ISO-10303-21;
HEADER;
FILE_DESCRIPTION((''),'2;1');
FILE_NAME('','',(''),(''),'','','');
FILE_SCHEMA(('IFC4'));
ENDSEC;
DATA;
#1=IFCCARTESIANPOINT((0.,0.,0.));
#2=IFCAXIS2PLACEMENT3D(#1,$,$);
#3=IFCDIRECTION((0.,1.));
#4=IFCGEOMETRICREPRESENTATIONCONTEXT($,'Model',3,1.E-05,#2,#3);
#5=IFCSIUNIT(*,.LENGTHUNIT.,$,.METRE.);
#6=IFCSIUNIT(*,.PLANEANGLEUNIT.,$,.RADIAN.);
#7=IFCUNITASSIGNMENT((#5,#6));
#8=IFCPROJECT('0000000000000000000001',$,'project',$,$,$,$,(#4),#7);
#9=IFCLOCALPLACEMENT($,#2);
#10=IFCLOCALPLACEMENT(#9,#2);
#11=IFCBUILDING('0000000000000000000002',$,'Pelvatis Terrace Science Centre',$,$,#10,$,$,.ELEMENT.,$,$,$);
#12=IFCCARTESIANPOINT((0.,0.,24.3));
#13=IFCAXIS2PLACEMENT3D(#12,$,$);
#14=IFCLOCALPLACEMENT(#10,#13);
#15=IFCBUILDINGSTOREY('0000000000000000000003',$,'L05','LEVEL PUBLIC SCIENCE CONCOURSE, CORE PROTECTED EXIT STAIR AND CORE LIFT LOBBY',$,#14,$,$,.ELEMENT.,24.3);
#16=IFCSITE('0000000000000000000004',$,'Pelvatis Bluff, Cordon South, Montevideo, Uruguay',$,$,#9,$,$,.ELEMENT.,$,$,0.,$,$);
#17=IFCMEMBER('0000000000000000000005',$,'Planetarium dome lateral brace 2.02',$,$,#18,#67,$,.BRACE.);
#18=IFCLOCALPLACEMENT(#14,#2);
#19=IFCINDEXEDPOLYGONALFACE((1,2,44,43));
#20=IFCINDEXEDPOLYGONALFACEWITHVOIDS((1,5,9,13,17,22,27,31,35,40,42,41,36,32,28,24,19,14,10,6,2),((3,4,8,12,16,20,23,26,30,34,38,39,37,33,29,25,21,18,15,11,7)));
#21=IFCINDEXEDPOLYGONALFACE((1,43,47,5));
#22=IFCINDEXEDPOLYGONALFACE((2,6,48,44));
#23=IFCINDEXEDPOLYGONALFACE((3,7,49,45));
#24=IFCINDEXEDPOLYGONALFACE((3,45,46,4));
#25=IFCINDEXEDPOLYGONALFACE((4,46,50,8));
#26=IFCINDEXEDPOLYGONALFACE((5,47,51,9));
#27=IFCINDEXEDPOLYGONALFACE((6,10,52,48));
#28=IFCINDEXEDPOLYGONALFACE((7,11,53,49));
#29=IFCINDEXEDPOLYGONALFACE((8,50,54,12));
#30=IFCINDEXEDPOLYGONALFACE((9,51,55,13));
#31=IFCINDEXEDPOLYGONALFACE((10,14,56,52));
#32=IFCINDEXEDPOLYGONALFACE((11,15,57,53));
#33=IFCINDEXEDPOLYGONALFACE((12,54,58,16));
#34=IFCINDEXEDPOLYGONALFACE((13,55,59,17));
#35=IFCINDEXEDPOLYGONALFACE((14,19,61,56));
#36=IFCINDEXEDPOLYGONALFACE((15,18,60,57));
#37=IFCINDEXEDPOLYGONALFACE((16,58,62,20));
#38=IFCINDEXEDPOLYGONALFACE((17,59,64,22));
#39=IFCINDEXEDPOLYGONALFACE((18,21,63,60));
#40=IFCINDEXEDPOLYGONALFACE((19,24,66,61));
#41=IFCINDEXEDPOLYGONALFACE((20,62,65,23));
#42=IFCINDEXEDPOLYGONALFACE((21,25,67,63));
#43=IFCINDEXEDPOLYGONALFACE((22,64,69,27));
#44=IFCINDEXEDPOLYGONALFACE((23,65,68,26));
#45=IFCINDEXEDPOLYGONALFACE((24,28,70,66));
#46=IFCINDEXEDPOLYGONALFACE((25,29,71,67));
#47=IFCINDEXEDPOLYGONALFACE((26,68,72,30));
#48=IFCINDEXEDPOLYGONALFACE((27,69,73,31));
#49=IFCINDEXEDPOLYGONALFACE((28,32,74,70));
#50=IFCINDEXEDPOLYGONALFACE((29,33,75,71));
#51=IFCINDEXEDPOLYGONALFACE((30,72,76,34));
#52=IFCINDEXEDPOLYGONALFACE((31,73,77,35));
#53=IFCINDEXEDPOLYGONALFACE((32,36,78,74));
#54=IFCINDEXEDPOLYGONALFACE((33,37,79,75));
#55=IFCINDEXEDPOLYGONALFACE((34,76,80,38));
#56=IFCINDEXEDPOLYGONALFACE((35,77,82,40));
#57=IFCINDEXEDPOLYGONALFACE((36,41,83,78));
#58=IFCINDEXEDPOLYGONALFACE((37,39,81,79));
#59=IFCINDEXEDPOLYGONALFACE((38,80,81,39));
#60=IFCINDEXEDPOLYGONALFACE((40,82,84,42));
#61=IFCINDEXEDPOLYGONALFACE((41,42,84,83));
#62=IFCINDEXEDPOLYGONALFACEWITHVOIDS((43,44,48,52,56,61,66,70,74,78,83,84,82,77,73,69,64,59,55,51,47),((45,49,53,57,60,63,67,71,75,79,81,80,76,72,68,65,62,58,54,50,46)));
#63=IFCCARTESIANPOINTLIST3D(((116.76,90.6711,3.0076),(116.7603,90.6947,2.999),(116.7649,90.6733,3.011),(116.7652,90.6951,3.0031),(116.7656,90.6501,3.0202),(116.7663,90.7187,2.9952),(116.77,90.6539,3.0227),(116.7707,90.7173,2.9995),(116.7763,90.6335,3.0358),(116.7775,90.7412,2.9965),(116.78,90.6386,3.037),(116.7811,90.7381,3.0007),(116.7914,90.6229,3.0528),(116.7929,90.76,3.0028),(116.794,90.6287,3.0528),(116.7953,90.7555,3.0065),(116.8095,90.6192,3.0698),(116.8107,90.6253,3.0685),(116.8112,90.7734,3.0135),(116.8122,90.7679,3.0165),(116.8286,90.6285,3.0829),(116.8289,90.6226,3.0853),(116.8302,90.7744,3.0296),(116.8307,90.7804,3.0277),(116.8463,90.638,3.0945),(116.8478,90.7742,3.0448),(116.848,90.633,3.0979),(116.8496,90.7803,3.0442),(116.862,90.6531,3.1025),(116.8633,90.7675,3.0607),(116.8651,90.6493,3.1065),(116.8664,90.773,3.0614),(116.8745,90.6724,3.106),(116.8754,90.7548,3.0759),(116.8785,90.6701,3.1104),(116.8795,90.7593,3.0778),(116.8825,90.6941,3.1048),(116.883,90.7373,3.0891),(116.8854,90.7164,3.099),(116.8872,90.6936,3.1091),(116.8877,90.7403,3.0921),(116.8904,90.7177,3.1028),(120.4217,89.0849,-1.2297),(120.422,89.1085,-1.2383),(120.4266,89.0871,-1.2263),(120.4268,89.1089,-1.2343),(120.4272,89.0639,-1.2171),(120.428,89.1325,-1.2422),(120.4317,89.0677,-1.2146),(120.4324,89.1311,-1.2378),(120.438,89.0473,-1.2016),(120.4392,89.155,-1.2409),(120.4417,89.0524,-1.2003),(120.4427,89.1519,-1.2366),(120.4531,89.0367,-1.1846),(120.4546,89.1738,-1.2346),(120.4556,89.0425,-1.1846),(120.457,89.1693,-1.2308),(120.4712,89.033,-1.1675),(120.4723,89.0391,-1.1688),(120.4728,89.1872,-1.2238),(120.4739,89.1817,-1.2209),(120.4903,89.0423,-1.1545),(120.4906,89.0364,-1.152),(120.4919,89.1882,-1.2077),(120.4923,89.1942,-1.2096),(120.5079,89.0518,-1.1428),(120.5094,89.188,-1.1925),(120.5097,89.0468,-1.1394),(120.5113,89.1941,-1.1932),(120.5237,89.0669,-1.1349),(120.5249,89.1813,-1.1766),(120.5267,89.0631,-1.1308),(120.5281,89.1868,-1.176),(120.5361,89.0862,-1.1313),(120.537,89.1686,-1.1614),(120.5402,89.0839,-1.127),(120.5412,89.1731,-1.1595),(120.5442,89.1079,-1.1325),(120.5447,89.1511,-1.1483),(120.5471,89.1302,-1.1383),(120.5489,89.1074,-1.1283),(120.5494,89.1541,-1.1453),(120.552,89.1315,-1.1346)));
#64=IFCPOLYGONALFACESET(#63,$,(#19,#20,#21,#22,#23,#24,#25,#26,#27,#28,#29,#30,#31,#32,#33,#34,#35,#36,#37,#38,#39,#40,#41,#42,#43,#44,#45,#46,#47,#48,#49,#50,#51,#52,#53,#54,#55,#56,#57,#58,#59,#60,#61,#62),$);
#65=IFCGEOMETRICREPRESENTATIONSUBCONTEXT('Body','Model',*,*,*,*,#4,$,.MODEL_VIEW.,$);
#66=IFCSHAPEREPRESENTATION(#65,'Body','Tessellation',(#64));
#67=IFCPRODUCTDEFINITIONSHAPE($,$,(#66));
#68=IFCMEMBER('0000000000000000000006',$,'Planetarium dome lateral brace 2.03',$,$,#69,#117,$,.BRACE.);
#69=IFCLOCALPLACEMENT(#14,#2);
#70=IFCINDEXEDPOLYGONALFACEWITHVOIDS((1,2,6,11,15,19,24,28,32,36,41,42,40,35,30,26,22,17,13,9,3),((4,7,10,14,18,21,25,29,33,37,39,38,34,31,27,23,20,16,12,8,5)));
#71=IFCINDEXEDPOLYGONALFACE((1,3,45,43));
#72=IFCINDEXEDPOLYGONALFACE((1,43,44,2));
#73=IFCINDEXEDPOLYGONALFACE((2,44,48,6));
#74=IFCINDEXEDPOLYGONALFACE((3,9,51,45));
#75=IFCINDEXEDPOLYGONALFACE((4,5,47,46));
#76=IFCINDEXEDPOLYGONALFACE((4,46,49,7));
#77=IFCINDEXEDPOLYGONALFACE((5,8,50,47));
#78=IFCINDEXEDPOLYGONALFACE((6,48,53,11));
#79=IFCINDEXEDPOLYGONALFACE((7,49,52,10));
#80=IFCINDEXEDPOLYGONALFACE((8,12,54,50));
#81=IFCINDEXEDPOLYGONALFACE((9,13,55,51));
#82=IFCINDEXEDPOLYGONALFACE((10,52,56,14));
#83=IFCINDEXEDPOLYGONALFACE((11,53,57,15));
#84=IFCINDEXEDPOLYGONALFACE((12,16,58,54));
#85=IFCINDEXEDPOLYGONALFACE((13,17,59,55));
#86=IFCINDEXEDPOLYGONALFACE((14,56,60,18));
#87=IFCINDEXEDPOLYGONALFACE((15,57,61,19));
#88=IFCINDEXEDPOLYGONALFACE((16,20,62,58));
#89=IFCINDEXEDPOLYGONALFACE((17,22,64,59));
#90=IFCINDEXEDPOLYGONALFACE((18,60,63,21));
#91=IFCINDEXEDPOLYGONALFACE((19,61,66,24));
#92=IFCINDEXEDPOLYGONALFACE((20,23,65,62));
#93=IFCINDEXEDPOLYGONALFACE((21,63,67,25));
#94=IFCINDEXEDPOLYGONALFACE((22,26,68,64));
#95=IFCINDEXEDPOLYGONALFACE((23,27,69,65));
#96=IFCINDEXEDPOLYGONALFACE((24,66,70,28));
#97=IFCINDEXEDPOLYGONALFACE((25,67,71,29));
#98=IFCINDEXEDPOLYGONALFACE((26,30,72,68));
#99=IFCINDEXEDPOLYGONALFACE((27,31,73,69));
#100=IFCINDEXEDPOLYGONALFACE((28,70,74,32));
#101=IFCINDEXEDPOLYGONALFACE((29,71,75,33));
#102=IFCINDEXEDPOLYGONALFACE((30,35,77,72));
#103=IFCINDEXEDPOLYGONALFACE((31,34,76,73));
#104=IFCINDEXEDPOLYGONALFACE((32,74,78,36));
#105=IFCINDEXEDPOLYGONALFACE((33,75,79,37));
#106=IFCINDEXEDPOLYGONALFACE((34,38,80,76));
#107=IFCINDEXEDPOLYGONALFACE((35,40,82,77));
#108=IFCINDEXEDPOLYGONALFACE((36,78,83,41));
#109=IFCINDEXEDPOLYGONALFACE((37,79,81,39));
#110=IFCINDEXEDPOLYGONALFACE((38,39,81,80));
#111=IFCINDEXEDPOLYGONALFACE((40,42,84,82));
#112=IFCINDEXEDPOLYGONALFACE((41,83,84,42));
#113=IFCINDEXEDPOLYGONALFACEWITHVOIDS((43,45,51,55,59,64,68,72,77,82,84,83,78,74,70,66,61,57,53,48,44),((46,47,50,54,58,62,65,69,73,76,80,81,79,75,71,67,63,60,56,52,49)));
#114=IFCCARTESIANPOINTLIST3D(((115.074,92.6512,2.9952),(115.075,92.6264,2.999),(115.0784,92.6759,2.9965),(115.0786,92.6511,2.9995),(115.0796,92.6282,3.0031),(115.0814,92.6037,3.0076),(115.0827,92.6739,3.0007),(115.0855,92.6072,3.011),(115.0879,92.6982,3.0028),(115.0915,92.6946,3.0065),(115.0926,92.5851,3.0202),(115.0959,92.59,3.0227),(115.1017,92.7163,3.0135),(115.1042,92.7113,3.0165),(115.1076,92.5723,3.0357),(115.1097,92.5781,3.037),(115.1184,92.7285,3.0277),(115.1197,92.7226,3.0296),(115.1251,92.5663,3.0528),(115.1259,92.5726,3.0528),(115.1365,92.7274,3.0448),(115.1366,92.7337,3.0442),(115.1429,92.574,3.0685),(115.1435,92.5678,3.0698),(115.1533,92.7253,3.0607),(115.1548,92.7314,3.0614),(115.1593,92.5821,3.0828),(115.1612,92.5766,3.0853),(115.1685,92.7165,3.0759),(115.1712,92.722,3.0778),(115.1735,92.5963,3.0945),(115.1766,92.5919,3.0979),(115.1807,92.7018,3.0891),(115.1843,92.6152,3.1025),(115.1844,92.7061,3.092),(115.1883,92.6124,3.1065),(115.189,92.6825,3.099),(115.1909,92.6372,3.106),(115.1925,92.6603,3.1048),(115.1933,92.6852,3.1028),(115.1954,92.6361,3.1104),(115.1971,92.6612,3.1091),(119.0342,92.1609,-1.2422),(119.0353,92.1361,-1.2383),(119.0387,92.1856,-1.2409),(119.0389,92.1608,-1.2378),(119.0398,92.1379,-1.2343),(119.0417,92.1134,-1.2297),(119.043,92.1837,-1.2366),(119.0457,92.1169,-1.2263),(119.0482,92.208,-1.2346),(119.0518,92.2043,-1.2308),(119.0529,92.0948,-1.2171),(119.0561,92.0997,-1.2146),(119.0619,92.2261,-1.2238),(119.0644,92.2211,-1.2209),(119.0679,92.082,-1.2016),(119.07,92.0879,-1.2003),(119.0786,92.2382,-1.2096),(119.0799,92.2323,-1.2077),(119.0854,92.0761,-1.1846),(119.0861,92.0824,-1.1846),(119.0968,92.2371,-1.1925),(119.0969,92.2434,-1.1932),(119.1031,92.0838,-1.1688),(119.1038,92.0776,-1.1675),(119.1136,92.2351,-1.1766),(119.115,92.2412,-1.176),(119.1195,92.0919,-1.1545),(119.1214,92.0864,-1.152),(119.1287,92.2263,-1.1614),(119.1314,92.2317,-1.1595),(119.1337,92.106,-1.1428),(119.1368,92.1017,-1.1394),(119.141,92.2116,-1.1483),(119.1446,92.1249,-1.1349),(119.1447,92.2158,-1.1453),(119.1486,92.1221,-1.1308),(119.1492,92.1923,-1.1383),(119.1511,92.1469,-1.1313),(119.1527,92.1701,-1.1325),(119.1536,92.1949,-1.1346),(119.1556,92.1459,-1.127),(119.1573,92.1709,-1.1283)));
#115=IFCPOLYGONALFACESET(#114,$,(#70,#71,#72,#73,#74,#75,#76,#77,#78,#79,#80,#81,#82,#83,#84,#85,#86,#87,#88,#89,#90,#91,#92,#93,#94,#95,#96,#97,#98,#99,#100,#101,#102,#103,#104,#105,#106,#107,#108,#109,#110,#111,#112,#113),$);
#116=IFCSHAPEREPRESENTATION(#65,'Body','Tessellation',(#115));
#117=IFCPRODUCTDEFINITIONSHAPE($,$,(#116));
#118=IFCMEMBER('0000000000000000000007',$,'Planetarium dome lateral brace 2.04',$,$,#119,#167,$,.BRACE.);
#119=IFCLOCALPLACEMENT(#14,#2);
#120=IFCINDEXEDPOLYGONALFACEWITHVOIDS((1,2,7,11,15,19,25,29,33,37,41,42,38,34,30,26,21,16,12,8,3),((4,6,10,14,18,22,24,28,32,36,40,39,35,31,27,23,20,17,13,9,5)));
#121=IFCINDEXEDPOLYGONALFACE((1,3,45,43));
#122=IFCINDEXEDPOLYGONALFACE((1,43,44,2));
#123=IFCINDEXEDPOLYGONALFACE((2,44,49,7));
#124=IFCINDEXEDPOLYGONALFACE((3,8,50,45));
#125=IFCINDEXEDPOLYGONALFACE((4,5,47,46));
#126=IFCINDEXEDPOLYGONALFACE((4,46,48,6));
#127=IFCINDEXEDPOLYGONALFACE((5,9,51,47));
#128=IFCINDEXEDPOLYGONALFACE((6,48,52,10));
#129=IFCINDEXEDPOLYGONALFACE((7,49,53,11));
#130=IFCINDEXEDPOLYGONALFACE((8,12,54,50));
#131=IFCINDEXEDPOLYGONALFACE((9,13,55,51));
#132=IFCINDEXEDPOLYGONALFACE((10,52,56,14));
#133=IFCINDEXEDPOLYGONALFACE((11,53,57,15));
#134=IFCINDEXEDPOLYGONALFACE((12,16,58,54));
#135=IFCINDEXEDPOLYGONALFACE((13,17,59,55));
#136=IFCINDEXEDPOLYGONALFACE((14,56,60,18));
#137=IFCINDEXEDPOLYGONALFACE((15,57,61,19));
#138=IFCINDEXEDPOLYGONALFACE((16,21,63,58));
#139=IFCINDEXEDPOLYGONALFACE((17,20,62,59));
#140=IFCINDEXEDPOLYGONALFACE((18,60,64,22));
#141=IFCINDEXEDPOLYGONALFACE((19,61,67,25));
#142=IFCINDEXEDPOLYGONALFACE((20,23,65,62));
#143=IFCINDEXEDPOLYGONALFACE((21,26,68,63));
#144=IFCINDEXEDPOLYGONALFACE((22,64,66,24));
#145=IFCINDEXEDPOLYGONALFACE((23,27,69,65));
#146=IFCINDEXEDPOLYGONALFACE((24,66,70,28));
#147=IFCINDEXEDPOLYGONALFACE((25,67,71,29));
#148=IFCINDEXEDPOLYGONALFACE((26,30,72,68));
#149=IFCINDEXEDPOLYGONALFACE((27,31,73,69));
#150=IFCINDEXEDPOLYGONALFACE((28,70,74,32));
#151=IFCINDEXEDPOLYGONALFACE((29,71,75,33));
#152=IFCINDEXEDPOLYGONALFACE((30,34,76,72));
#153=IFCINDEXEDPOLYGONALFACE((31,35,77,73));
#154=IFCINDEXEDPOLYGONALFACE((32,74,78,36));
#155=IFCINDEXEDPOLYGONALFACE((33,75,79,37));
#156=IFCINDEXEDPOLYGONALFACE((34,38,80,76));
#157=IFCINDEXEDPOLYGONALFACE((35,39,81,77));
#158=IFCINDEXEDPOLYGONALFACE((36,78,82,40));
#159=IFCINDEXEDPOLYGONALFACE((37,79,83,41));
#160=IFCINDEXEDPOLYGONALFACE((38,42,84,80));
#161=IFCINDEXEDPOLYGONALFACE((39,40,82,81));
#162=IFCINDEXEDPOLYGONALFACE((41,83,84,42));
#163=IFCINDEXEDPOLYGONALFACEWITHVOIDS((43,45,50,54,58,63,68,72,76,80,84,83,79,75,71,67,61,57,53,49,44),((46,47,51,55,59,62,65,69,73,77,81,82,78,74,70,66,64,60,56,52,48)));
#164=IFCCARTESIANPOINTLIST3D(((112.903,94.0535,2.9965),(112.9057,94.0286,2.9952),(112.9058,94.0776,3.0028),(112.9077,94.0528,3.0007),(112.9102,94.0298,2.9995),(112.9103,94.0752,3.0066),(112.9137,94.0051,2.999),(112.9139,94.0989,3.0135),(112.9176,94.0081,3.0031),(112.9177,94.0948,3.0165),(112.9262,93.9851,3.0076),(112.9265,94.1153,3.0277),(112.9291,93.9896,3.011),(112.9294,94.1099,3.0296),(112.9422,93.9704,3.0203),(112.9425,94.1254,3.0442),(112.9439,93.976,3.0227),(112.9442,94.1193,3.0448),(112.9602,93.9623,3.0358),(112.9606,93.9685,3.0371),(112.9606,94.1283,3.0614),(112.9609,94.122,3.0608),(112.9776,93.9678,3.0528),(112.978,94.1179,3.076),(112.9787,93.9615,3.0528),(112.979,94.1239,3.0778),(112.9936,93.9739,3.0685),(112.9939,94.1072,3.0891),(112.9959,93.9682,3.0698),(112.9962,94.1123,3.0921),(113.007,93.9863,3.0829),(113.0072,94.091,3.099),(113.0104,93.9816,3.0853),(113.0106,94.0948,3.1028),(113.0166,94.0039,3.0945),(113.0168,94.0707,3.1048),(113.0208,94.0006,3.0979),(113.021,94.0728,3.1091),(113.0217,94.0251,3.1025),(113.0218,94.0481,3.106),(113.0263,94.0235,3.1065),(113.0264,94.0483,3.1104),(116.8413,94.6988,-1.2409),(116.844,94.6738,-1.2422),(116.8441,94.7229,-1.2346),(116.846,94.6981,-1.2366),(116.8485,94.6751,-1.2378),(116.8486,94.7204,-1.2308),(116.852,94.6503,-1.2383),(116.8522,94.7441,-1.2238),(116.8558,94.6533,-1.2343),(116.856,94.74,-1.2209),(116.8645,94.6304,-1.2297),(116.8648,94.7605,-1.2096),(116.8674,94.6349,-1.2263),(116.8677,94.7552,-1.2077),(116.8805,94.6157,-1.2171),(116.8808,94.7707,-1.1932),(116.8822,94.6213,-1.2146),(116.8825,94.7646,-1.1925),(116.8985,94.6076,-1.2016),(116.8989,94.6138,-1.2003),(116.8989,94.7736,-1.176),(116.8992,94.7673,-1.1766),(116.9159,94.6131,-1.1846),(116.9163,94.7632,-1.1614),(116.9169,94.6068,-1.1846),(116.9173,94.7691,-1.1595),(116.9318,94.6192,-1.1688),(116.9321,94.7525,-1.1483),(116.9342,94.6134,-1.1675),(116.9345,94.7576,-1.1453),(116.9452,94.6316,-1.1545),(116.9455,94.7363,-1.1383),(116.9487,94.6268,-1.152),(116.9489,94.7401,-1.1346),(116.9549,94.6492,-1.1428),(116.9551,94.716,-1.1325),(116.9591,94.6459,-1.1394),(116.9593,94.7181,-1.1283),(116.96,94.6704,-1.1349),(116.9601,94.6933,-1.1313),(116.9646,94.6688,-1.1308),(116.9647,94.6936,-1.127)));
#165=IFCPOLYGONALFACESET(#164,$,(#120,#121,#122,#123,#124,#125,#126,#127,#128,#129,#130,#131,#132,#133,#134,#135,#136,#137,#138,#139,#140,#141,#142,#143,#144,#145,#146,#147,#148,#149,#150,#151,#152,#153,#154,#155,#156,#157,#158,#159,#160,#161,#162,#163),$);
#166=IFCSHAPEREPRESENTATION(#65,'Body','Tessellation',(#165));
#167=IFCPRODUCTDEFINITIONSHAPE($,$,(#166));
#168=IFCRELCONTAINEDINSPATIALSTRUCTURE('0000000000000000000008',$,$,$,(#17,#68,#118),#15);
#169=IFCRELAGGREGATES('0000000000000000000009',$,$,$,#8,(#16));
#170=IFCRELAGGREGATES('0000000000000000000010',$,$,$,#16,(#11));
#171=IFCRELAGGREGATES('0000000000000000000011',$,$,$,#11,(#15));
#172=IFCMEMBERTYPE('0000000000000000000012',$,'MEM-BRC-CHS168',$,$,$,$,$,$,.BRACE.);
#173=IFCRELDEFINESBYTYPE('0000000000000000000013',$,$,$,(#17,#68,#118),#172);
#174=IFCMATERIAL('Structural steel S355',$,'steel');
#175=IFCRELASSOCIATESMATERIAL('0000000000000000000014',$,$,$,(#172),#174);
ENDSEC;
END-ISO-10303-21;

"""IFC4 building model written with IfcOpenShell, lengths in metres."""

from ifc_helpers import new_model, si_unit, direction, frame, origin, origin_2d, place, context, subcontext, project, spatial, hollow_circle, extrude, material, material_profile, profile_set, type_object, element, save


model = new_model("IFC4")

# Units and contexts
model_context = context("Model", 3, precision=1e-05, world=origin(), true_north=direction((0.0, 1.0)))
body_context = subcontext(model_context, "Body", "Model", "MODEL_VIEW")
ifc_project = project(units=[si_unit("LENGTHUNIT", "METRE"), si_unit("PLANEANGLEUNIT", "RADIAN")], contexts=[model_context])

# Site, building, storey
site_placement = place(None, origin())
site = spatial("IfcSite", under=ifc_project, at=site_placement, Name="Pelvatis Bluff, Cordon South, Montevideo, Uruguay", CompositionType="ELEMENT", RefElevation=0.0)
building_placement = place(site_placement, origin())
building = spatial("IfcBuilding", under=site, at=building_placement, Name="Pelvatis Terrace Science Centre", CompositionType="ELEMENT")
storey_placement = place(building_placement, frame((0.0, 0.0, 24.3)))
storey = spatial("IfcBuildingStorey", under=building, at=storey_placement, Name="L05", Description="LEVEL PUBLIC SCIENCE CONCOURSE, CORE PROTECTED EXIT STAIR AND CORE LIFT LOBBY", CompositionType="ELEMENT", Elevation=24.3)

# Members
ifc_material_1 = material(Name="Structural steel S355", Category="steel")
ifc_material_profile_1 = material_profile(ifc_material_1, hollow_circle(Radius=0.0842, WallThickness=0.0063, at=origin_2d()), Name="CHS 168.3x6.3")
ifc_profile_set_1 = profile_set([ifc_material_profile_1], Name="Structural steel S355")
member_type_1 = type_object("IfcMemberType", Name="MEM-BRC-CHS168", PredefinedType="BRACE", material=ifc_profile_set_1)
for number, where, z_axis, x_axis, name in (
    (1, (120.4866, 89.114, -1.1846), (-0.629091, 0.272517, 0.727997), (-0.397498, -0.917603, 0.0), "Planetarium dome lateral brace 2.02"),
    (2, (119.0957, 92.1597, -1.1846), (-0.680388, 0.084225, 0.727996), (-0.122852, -0.992425, 0.0), "Planetarium dome lateral brace 2.03"),
):
    element("IfcMember", number, at=place(storey_placement, frame(where, z_axis=z_axis, x_axis=x_axis)), inside=storey, type_object=member_type_1, Name=name, PredefinedType="BRACE", context=body_context, shape_type="SweptSolid", body=[
        extrude(hollow_circle(Radius=0.0842, WallThickness=0.0063, at=origin_2d()), origin(), (0.0, 0.0, 1.0), 5.8206),
    ])
member_1_placement = place(storey_placement, frame((116.9033, 94.6899, -1.1846), z_axis=(-0.676588, -0.110856, 0.727969), x_axis=(0.16169, -0.986842, 0.0)))
element("IfcMember", 3, at=member_1_placement, inside=storey, type_object=member_type_1, Name="Planetarium dome lateral brace 2.04", PredefinedType="BRACE", context=body_context, shape_type="SweptSolid", body=[
    extrude(hollow_circle(Radius=0.0842, WallThickness=0.0063, at=origin_2d()), origin(), (0.0, 0.0, 1.0), 5.8208),
])

save(model, "model.ifc")
